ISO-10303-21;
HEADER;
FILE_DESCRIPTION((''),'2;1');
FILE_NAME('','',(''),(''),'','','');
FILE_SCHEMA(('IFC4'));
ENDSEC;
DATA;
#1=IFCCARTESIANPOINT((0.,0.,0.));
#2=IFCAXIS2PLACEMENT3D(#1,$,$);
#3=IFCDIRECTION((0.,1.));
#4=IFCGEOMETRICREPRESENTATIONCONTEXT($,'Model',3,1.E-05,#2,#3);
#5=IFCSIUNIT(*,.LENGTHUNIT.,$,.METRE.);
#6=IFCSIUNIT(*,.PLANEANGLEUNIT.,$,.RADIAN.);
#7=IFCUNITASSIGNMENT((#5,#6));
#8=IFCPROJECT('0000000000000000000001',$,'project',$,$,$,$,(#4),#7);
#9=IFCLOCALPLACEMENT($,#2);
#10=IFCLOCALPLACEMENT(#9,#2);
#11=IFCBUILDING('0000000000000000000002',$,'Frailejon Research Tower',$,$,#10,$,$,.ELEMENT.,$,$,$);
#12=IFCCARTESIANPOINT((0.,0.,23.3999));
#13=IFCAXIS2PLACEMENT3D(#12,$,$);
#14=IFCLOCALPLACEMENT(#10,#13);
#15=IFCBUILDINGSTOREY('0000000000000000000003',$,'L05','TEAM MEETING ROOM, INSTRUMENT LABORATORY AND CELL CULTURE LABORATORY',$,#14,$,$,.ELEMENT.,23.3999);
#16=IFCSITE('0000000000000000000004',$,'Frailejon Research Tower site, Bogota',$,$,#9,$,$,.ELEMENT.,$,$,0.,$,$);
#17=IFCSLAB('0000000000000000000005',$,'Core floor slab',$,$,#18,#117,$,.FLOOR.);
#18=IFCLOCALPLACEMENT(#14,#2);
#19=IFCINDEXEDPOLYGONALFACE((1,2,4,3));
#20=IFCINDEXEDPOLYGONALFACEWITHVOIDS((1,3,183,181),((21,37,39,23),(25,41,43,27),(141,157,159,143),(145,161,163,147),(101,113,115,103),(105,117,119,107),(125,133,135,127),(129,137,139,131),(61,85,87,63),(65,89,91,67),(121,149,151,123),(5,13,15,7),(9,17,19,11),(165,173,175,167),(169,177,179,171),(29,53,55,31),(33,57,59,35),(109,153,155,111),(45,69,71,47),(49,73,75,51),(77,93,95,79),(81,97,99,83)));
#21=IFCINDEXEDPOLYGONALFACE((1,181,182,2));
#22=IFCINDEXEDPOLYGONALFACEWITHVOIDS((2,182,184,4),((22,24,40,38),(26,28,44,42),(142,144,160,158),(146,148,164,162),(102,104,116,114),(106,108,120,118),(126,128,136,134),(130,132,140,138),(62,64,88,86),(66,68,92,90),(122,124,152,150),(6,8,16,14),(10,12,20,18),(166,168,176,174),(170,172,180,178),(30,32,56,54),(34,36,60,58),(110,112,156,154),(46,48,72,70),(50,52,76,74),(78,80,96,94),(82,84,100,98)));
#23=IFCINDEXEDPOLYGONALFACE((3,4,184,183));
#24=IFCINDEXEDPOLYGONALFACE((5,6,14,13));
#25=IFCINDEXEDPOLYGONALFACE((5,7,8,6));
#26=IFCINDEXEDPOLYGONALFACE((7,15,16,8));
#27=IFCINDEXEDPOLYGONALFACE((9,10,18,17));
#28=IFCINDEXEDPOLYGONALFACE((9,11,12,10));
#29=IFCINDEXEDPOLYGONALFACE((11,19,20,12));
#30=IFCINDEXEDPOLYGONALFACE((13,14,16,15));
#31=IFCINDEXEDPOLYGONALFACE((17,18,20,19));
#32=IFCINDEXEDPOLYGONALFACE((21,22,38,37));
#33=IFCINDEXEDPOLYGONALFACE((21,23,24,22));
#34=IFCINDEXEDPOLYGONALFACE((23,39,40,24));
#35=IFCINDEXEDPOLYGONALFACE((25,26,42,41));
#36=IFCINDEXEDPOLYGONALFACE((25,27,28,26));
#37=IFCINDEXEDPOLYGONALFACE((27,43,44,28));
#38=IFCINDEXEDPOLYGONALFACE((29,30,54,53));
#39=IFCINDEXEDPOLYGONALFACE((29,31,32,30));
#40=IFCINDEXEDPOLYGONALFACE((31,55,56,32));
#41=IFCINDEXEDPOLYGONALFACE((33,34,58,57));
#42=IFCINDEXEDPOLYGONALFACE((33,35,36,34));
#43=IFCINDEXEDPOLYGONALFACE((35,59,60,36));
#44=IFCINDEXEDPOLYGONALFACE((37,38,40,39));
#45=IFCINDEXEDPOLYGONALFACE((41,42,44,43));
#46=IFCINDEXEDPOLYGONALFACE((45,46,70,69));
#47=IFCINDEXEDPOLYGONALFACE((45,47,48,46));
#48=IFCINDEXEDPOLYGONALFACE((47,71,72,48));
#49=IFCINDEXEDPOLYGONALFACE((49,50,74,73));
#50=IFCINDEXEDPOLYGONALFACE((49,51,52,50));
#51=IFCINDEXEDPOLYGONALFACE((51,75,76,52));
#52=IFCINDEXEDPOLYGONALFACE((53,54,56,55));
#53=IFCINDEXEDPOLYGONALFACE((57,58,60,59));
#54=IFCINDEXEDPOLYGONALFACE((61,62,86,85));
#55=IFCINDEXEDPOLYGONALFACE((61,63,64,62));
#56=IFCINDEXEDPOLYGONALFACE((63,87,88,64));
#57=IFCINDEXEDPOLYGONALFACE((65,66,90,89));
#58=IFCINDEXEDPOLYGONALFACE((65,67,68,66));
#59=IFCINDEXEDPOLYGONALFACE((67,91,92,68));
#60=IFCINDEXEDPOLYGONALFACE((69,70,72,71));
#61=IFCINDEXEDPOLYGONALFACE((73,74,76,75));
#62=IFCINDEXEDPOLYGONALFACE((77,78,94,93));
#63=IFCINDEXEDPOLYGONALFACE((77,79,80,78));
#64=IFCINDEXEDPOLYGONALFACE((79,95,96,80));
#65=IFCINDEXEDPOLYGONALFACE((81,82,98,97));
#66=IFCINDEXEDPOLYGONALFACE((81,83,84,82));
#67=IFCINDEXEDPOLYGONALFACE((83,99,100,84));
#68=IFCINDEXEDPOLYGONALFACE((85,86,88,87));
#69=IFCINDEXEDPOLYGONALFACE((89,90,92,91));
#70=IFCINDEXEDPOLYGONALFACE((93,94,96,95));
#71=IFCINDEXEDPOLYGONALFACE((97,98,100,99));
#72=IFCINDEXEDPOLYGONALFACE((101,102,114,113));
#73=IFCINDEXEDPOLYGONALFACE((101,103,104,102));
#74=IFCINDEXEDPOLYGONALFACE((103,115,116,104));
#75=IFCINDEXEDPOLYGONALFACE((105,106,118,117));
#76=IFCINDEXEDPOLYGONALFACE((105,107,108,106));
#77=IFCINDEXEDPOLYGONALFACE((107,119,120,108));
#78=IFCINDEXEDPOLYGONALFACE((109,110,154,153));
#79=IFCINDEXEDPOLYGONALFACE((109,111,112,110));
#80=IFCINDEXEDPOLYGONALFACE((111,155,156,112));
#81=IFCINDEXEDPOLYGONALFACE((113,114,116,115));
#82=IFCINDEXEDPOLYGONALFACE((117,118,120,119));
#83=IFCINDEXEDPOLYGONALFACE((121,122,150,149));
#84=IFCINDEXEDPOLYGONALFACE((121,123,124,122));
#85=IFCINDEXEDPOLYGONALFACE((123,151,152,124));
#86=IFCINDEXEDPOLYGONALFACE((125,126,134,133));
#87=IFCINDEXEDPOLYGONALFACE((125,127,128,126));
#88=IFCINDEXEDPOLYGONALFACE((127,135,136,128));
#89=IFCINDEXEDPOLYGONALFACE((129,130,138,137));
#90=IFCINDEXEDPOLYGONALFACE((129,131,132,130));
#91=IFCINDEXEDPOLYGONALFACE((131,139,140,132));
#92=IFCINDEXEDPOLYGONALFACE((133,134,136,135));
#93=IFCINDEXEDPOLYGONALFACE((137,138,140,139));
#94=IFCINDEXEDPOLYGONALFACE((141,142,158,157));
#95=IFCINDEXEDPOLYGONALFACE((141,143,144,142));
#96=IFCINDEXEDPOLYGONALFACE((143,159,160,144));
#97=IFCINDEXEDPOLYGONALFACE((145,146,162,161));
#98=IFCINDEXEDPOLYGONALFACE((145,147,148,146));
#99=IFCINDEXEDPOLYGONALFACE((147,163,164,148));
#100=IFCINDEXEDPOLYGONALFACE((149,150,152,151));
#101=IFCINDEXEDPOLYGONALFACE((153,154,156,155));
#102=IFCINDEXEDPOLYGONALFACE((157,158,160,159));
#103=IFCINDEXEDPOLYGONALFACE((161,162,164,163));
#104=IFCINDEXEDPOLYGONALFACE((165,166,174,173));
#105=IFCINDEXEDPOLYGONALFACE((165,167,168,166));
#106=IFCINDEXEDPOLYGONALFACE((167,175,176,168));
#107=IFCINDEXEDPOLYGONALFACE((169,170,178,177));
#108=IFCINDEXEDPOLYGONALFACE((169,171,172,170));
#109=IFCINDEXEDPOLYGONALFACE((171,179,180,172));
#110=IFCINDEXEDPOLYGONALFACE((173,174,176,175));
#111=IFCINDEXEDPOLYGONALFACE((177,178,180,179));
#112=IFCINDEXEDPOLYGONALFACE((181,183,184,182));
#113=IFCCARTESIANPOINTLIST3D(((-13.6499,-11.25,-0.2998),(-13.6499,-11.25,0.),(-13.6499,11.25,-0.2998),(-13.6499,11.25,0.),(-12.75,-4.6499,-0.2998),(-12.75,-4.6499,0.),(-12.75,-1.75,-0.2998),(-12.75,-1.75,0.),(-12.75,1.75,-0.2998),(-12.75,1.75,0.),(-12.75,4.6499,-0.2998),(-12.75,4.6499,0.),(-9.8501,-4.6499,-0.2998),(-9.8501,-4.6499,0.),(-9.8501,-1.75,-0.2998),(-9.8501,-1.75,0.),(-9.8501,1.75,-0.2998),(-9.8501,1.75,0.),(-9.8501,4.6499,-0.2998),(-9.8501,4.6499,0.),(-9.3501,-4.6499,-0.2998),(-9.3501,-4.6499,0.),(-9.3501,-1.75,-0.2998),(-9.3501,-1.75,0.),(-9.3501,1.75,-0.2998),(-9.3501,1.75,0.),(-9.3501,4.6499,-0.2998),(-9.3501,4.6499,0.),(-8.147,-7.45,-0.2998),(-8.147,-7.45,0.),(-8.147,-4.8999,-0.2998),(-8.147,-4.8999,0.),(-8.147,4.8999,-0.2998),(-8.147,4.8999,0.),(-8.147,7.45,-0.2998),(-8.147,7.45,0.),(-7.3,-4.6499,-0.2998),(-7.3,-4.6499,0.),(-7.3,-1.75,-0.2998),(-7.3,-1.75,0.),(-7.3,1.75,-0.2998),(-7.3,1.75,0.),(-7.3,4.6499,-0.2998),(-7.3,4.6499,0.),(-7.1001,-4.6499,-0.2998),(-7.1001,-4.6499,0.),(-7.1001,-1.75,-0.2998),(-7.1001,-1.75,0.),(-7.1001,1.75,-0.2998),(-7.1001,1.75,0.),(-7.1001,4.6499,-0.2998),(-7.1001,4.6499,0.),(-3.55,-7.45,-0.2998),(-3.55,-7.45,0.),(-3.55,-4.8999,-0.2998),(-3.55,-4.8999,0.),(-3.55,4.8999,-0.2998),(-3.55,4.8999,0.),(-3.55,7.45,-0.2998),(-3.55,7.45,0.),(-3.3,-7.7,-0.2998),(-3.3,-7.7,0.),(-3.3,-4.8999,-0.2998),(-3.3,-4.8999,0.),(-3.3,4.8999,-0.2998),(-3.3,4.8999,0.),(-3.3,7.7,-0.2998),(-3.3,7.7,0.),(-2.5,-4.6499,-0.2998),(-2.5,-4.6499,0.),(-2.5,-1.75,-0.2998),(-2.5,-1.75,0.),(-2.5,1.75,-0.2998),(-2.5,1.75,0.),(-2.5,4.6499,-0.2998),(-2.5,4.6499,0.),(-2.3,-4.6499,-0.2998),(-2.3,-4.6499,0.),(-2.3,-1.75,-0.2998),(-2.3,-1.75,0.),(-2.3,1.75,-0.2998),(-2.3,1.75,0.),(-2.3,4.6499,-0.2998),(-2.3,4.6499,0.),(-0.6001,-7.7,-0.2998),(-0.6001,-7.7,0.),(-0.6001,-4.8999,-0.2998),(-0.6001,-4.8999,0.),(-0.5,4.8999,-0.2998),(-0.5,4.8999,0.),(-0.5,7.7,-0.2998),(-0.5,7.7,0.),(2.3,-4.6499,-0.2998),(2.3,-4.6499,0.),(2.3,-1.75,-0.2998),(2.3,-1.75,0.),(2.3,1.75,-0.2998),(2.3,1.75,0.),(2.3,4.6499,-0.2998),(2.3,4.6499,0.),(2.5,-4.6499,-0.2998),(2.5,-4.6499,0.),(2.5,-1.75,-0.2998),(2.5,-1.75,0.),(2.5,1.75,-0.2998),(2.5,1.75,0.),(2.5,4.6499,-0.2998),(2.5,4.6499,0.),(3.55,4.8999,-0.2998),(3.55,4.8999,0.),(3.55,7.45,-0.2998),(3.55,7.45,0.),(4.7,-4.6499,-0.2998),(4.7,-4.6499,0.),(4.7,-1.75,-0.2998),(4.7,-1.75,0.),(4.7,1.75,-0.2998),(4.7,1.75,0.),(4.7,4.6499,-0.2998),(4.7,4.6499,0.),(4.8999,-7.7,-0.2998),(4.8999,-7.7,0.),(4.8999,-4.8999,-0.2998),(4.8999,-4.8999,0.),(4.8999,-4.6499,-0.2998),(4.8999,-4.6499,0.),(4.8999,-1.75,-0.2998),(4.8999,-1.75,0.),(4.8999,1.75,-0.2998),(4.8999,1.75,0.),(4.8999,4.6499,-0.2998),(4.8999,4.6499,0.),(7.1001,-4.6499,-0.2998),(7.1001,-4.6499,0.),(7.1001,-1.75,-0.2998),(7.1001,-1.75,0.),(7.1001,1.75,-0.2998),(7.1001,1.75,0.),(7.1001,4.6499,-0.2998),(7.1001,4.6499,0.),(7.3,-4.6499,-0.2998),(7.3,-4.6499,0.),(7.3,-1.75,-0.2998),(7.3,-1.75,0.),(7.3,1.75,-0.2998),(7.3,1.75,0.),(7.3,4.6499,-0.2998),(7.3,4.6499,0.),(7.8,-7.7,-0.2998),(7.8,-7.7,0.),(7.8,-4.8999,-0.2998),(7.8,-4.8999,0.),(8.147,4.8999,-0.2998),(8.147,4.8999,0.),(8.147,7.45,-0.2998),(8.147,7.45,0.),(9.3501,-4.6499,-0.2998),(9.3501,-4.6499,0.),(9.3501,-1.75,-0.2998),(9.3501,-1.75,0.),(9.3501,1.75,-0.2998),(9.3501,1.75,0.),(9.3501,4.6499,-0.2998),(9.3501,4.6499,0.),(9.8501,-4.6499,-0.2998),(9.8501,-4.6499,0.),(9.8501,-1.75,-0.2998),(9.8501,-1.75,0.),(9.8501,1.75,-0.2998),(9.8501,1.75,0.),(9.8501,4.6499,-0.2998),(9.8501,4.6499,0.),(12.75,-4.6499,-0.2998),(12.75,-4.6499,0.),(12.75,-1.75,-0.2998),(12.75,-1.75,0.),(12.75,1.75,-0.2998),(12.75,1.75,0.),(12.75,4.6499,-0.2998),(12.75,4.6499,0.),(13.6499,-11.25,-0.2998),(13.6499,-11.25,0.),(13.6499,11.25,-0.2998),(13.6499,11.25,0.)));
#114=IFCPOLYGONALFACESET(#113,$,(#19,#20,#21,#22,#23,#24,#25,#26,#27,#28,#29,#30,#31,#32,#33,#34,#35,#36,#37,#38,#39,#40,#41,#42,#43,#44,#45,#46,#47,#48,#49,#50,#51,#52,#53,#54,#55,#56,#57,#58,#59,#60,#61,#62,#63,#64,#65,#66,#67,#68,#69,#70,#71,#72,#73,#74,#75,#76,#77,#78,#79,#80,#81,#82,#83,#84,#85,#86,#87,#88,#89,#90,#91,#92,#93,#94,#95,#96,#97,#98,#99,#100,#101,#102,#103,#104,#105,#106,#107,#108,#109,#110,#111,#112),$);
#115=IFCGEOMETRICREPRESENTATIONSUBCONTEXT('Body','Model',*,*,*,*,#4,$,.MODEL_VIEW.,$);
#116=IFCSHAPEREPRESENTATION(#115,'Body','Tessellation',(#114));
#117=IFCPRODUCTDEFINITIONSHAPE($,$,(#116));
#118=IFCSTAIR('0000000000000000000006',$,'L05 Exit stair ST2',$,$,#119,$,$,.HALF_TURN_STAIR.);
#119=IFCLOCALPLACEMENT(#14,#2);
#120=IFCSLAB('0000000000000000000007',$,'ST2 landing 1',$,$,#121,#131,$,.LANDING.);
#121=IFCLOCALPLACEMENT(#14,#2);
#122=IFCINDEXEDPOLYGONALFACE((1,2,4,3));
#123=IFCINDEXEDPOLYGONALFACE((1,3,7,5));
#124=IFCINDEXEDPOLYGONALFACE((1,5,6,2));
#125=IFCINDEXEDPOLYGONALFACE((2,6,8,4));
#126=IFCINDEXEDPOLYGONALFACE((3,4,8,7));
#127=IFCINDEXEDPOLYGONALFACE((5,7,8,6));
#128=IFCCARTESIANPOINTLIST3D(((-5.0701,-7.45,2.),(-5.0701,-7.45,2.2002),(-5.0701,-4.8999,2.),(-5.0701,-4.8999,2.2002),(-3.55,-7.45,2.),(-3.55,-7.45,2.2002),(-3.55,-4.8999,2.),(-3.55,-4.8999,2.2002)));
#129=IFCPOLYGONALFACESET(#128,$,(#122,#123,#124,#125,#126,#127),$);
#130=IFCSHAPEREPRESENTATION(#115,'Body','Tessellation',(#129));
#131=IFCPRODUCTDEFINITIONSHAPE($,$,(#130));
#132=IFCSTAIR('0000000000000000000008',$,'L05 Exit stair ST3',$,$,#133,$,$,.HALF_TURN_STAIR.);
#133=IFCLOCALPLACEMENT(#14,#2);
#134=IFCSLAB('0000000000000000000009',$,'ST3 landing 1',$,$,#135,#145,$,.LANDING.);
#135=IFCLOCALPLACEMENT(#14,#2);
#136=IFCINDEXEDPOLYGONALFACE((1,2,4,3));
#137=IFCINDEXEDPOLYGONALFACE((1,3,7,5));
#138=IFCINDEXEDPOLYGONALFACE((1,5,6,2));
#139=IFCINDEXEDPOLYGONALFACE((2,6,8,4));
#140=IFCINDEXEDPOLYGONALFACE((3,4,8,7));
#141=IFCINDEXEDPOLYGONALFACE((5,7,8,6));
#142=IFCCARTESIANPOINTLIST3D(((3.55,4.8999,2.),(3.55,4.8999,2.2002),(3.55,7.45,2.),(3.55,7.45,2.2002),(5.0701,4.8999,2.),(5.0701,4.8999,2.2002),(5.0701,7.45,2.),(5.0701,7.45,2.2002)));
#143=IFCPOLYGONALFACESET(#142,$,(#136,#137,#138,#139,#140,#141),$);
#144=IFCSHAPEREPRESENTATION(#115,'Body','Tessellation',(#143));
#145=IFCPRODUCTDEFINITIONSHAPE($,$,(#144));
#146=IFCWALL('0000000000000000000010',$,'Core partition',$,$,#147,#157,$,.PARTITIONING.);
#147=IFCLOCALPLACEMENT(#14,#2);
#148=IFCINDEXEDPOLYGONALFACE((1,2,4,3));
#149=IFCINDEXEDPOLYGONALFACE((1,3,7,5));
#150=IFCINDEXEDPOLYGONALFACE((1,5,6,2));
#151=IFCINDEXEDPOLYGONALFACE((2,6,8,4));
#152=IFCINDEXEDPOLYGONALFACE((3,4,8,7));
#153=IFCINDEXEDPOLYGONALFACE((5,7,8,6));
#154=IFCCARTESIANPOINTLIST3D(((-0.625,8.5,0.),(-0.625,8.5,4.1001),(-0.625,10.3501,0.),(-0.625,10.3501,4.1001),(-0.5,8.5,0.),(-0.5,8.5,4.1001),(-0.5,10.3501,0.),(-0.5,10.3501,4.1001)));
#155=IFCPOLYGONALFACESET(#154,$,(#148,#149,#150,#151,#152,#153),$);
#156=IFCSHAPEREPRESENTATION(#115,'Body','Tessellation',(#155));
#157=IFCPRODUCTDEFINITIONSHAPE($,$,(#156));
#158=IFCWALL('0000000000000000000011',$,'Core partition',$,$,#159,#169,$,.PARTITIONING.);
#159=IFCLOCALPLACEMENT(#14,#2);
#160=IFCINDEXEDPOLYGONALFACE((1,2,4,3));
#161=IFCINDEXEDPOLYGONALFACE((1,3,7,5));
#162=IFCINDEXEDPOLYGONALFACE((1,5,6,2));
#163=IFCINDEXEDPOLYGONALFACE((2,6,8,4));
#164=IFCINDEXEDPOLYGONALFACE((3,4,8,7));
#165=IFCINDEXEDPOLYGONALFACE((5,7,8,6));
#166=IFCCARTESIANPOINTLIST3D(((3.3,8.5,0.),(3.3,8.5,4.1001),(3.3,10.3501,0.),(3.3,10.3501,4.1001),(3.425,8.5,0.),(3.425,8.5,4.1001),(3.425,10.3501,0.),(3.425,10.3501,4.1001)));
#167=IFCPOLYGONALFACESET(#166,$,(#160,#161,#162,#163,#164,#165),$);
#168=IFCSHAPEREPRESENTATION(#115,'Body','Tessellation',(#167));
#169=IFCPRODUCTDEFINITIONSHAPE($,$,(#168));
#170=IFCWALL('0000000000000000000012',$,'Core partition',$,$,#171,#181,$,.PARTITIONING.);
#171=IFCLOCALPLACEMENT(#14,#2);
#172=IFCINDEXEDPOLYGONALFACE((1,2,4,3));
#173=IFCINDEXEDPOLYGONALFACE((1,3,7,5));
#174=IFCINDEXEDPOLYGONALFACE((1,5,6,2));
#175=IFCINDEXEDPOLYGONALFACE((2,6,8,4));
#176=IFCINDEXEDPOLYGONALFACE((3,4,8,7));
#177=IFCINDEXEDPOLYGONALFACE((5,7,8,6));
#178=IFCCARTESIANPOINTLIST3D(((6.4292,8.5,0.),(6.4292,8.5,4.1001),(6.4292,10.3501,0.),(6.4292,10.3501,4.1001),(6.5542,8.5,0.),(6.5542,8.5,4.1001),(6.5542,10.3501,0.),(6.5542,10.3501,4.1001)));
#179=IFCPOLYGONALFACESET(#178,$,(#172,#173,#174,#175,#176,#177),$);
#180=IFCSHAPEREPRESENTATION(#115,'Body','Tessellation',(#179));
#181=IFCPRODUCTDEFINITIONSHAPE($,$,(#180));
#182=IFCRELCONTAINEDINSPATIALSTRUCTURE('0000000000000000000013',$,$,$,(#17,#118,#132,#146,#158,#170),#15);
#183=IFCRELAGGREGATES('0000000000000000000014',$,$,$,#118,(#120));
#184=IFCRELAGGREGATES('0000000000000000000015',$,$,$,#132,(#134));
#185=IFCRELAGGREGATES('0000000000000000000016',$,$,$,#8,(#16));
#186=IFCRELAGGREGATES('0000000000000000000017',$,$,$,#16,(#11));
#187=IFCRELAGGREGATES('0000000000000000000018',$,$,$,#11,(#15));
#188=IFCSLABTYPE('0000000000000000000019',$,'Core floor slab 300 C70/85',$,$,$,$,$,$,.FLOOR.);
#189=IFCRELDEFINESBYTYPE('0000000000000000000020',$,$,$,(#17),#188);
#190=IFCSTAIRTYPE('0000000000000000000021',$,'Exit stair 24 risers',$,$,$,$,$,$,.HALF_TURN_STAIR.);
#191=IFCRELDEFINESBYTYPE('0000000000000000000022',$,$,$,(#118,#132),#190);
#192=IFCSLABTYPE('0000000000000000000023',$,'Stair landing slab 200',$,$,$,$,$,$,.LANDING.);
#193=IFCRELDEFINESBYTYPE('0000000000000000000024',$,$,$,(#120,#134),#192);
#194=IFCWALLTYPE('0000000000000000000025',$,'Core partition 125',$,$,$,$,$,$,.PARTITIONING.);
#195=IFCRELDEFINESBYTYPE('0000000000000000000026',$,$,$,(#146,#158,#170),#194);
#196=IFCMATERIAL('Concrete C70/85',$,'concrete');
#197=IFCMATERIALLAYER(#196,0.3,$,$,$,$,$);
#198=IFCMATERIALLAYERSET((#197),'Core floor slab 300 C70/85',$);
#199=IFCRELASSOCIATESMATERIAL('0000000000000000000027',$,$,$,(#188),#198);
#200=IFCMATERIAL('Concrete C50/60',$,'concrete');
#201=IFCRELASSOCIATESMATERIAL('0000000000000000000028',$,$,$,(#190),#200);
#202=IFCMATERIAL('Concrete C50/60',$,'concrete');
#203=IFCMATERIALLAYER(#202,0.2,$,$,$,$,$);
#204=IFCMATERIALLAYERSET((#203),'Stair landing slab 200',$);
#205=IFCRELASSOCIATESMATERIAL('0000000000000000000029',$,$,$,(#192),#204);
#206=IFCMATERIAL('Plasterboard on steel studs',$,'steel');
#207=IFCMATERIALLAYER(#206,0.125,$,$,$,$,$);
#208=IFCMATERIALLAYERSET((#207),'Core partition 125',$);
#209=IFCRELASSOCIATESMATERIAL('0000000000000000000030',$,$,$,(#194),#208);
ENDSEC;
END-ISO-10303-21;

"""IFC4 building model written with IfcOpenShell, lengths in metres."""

from ifc_helpers import new_model, si_unit, direction, frame, frame_2d, origin, place, context, subcontext, project, spatial, polyline, rectangle, outline, extrude, material, layer, layer_set, type_object, element, aggregate, save


model = new_model("IFC4")

# Units and contexts
model_context = context("Model", 3, precision=1e-05, world=origin(), true_north=direction((0.0, 1.0)))
body_context = subcontext(model_context, "Body", "Model", "MODEL_VIEW")
ifc_project = project(units=[si_unit("LENGTHUNIT", "METRE"), si_unit("PLANEANGLEUNIT", "RADIAN")], contexts=[model_context])

# Site, building, storey
site_placement = place(None, origin())
site = spatial("IfcSite", under=ifc_project, at=site_placement, Name="Frailejon Research Tower site, Bogota", CompositionType="ELEMENT", RefElevation=0.0)
building_placement = place(site_placement, origin())
building = spatial("IfcBuilding", under=site, at=building_placement, Name="Frailejon Research Tower", CompositionType="ELEMENT")
storey_placement = place(building_placement, frame((0.0, 0.0, 23.3999)))
storey = spatial("IfcBuildingStorey", under=building, at=storey_placement, Name="L05", Description="TEAM MEETING ROOM, INSTRUMENT LABORATORY AND CELL CULTURE LABORATORY", CompositionType="ELEMENT", Elevation=23.3999)

# Slab
ifc_material_1 = material(Name="Concrete C70/85", Category="concrete")
ifc_layer_1 = layer(ifc_material_1, 0.3)
ifc_layer_set_1 = layer_set([ifc_layer_1], Name="Core floor slab 300 C70/85")
slab_type_1 = type_object("IfcSlabType", Name="Core floor slab 300 C70/85", PredefinedType="FLOOR", material=ifc_layer_set_1)
slab_1_placement = place(storey_placement, frame((0.0, 0.0, -0.2998)))
element("IfcSlab", 1, at=slab_1_placement, inside=storey, type_object=slab_type_1, Name="Core floor slab", PredefinedType="FLOOR", context=body_context, shape_type="SweptSolid", body=[
    extrude(outline(polyline([(13.6499, -11.25), (13.6499, 11.25), (-13.6499, 11.25), (-13.6499, -11.25), (13.6499, -11.25)]), holes=[polyline([(-9.8501, 1.75), (-9.8501, 4.6499), (-12.75, 4.6499), (-12.75, 1.75), (-9.8501, 1.75)]), polyline([(-7.3, 1.75), (-7.3, 4.6499), (-9.3501, 4.6499), (-9.3501, 1.75), (-7.3, 1.75)]), polyline([(-2.5, 1.75), (-2.5, 4.6499), (-7.1001, 4.6499), (-7.1001, 1.75), (-2.5, 1.75)]), polyline([(2.3, 1.75), (2.3, 4.6499), (-2.3, 4.6499), (-2.3, 1.75), (2.3, 1.75)]), polyline([(4.7, 1.75), (4.7, 4.6499), (2.5, 4.6499), (2.5, 1.75), (4.7, 1.75)]), polyline([(7.1001, 1.75), (7.1001, 4.6499), (4.8999, 4.6499), (4.8999, 1.75), (7.1001, 1.75)]), polyline([(9.3501, 1.75), (9.3501, 4.6499), (7.3, 4.6499), (7.3, 1.75), (9.3501, 1.75)]), polyline([(12.75, 1.75), (12.75, 4.6499), (9.8501, 4.6499), (9.8501, 1.75), (12.75, 1.75)]), polyline([(-9.8501, -4.6499), (-9.8501, -1.75), (-12.75, -1.75), (-12.75, -4.6499), (-9.8501, -4.6499)]), polyline([(-7.3, -4.6499), (-7.3, -1.75), (-9.3501, -1.75), (-9.3501, -4.6499), (-7.3, -4.6499)]), polyline([(-2.5, -4.6499), (-2.5, -1.75), (-7.1001, -1.75), (-7.1001, -4.6499), (-2.5, -4.6499)]), polyline([(2.3, -4.6499), (2.3, -1.75), (-2.3, -1.75), (-2.3, -4.6499), (2.3, -4.6499)]), polyline([(4.7, -4.6499), (4.7, -1.75), (2.5, -1.75), (2.5, -4.6499), (4.7, -4.6499)]), polyline([(7.1001, -4.6499), (7.1001, -1.75), (4.8999, -1.75), (4.8999, -4.6499), (7.1001, -4.6499)]), polyline([(9.3501, -4.6499), (9.3501, -1.75), (7.3, -1.75), (7.3, -4.6499), (9.3501, -4.6499)]), polyline([(12.75, -4.6499), (12.75, -1.75), (9.8501, -1.75), (9.8501, -4.6499), (12.75, -4.6499)]), polyline([(-8.147, 4.8999), (-3.55, 4.8999), (-3.55, 7.45), (-8.147, 7.45), (-8.147, 4.8999)]), polyline([(-8.147, -7.45), (-3.55, -7.45), (-3.55, -4.8999), (-8.147, -4.8999), (-8.147, -7.45)]), polyline([(8.147, 7.45), (3.55, 7.45), (3.55, 4.8999), (8.147, 4.8999), (8.147, 7.45)]), polyline([(-0.6001, -7.7), (-0.6001, -4.8999), (-3.3, -4.8999), (-3.3, -7.7), (-0.6001, -7.7)]), polyline([(7.8, -7.7), (7.8, -4.8999), (4.8999, -4.8999), (4.8999, -7.7), (7.8, -7.7)]), polyline([(-0.5, 4.8999), (-0.5, 7.7), (-3.3, 7.7), (-3.3, 4.8999), (-0.5, 4.8999)])]), origin(), (0.0, 0.0, 1.0), 0.2998),
])

# Stairs, slabs
ifc_material_2 = material(Name="Concrete C50/60", Category="concrete")
stair_type = type_object("IfcStairType", Name="Exit stair 24 risers", PredefinedType="HALF_TURN_STAIR", material=ifc_material_2)
stair_1_placement = place(storey_placement, origin())
stair_1 = element("IfcStair", 2, at=stair_1_placement, inside=storey, type_object=stair_type, Name="L05 Exit stair ST2", PredefinedType="HALF_TURN_STAIR")
ifc_material_3 = material(Name="Concrete C50/60", Category="concrete")
ifc_layer_2 = layer(ifc_material_3, 0.2)
ifc_layer_set_2 = layer_set([ifc_layer_2], Name="Stair landing slab 200")
slab_type_2 = type_object("IfcSlabType", Name="Stair landing slab 200", PredefinedType="LANDING", material=ifc_layer_set_2)
slab_2_placement = place(storey_placement, frame((0.0, 0.0, 2.0)))
slab_2 = element("IfcSlab", 3, at=slab_2_placement, type_object=slab_type_2, Name="ST2 landing 1", PredefinedType="LANDING", context=body_context, shape_type="SweptSolid", body=[
    extrude(outline(polyline([(-5.0701, -7.45), (-3.55, -7.45), (-3.55, -4.8999), (-5.0701, -4.8999), (-5.0701, -7.45)])), origin(), (0.0, 0.0, 1.0), 0.2002),
])
aggregate(stair_1, [slab_2])
stair_2_placement = place(storey_placement, origin())
stair_2 = element("IfcStair", 4, at=stair_2_placement, inside=storey, type_object=stair_type, Name="L05 Exit stair ST3", PredefinedType="HALF_TURN_STAIR")
slab_3_placement = place(storey_placement, frame((0.0, 0.0, 2.0)))
slab_3 = element("IfcSlab", 5, at=slab_3_placement, type_object=slab_type_2, Name="ST3 landing 1", PredefinedType="LANDING", context=body_context, shape_type="SweptSolid", body=[
    extrude(outline(polyline([(5.0701, 7.45), (3.55, 7.45), (3.55, 4.8999), (5.0701, 4.8999), (5.0701, 7.45)])), origin(), (0.0, 0.0, 1.0), 0.2002),
])

# Walls
ifc_material_4 = material(Name="Plasterboard on steel studs", Category="steel")
ifc_layer_3 = layer(ifc_material_4, 0.125)
ifc_layer_set_3 = layer_set([ifc_layer_3], Name="Core partition 125")
wall_type_1 = type_object("IfcWallType", Name="Core partition 125", PredefinedType="PARTITIONING", material=ifc_layer_set_3)
for number, where, z_axis, x_axis, name in (
    (6, (-0.5625, 8.5, 0.0), (0.0, 0.0, 1.0), (0.0, 1.0, 0.0), "Core partition"),
    (7, (3.3625, 8.5, 0.0), (0.0, 0.0, 1.0), (0.0, 1.0, 0.0), "Core partition"),
    (8, (6.4917, 8.5, 0.0), (0.0, 0.0, 1.0), (0.0, 1.0, 0.0), "Core partition"),
):
    element("IfcWall", number, at=place(storey_placement, frame(where, z_axis=z_axis, x_axis=x_axis)), inside=storey, type_object=wall_type_1, Name=name, PredefinedType="PARTITIONING", context=body_context, shape_type="SweptSolid", body=[
        extrude(rectangle(XDim=1.8501, YDim=0.125, at=frame_2d((0.925, 0.0))), origin(), (0.0, 0.0, 1.0), 4.1001),
    ])

aggregate(stair_2, [slab_3])

save(model, "model.ifc")
